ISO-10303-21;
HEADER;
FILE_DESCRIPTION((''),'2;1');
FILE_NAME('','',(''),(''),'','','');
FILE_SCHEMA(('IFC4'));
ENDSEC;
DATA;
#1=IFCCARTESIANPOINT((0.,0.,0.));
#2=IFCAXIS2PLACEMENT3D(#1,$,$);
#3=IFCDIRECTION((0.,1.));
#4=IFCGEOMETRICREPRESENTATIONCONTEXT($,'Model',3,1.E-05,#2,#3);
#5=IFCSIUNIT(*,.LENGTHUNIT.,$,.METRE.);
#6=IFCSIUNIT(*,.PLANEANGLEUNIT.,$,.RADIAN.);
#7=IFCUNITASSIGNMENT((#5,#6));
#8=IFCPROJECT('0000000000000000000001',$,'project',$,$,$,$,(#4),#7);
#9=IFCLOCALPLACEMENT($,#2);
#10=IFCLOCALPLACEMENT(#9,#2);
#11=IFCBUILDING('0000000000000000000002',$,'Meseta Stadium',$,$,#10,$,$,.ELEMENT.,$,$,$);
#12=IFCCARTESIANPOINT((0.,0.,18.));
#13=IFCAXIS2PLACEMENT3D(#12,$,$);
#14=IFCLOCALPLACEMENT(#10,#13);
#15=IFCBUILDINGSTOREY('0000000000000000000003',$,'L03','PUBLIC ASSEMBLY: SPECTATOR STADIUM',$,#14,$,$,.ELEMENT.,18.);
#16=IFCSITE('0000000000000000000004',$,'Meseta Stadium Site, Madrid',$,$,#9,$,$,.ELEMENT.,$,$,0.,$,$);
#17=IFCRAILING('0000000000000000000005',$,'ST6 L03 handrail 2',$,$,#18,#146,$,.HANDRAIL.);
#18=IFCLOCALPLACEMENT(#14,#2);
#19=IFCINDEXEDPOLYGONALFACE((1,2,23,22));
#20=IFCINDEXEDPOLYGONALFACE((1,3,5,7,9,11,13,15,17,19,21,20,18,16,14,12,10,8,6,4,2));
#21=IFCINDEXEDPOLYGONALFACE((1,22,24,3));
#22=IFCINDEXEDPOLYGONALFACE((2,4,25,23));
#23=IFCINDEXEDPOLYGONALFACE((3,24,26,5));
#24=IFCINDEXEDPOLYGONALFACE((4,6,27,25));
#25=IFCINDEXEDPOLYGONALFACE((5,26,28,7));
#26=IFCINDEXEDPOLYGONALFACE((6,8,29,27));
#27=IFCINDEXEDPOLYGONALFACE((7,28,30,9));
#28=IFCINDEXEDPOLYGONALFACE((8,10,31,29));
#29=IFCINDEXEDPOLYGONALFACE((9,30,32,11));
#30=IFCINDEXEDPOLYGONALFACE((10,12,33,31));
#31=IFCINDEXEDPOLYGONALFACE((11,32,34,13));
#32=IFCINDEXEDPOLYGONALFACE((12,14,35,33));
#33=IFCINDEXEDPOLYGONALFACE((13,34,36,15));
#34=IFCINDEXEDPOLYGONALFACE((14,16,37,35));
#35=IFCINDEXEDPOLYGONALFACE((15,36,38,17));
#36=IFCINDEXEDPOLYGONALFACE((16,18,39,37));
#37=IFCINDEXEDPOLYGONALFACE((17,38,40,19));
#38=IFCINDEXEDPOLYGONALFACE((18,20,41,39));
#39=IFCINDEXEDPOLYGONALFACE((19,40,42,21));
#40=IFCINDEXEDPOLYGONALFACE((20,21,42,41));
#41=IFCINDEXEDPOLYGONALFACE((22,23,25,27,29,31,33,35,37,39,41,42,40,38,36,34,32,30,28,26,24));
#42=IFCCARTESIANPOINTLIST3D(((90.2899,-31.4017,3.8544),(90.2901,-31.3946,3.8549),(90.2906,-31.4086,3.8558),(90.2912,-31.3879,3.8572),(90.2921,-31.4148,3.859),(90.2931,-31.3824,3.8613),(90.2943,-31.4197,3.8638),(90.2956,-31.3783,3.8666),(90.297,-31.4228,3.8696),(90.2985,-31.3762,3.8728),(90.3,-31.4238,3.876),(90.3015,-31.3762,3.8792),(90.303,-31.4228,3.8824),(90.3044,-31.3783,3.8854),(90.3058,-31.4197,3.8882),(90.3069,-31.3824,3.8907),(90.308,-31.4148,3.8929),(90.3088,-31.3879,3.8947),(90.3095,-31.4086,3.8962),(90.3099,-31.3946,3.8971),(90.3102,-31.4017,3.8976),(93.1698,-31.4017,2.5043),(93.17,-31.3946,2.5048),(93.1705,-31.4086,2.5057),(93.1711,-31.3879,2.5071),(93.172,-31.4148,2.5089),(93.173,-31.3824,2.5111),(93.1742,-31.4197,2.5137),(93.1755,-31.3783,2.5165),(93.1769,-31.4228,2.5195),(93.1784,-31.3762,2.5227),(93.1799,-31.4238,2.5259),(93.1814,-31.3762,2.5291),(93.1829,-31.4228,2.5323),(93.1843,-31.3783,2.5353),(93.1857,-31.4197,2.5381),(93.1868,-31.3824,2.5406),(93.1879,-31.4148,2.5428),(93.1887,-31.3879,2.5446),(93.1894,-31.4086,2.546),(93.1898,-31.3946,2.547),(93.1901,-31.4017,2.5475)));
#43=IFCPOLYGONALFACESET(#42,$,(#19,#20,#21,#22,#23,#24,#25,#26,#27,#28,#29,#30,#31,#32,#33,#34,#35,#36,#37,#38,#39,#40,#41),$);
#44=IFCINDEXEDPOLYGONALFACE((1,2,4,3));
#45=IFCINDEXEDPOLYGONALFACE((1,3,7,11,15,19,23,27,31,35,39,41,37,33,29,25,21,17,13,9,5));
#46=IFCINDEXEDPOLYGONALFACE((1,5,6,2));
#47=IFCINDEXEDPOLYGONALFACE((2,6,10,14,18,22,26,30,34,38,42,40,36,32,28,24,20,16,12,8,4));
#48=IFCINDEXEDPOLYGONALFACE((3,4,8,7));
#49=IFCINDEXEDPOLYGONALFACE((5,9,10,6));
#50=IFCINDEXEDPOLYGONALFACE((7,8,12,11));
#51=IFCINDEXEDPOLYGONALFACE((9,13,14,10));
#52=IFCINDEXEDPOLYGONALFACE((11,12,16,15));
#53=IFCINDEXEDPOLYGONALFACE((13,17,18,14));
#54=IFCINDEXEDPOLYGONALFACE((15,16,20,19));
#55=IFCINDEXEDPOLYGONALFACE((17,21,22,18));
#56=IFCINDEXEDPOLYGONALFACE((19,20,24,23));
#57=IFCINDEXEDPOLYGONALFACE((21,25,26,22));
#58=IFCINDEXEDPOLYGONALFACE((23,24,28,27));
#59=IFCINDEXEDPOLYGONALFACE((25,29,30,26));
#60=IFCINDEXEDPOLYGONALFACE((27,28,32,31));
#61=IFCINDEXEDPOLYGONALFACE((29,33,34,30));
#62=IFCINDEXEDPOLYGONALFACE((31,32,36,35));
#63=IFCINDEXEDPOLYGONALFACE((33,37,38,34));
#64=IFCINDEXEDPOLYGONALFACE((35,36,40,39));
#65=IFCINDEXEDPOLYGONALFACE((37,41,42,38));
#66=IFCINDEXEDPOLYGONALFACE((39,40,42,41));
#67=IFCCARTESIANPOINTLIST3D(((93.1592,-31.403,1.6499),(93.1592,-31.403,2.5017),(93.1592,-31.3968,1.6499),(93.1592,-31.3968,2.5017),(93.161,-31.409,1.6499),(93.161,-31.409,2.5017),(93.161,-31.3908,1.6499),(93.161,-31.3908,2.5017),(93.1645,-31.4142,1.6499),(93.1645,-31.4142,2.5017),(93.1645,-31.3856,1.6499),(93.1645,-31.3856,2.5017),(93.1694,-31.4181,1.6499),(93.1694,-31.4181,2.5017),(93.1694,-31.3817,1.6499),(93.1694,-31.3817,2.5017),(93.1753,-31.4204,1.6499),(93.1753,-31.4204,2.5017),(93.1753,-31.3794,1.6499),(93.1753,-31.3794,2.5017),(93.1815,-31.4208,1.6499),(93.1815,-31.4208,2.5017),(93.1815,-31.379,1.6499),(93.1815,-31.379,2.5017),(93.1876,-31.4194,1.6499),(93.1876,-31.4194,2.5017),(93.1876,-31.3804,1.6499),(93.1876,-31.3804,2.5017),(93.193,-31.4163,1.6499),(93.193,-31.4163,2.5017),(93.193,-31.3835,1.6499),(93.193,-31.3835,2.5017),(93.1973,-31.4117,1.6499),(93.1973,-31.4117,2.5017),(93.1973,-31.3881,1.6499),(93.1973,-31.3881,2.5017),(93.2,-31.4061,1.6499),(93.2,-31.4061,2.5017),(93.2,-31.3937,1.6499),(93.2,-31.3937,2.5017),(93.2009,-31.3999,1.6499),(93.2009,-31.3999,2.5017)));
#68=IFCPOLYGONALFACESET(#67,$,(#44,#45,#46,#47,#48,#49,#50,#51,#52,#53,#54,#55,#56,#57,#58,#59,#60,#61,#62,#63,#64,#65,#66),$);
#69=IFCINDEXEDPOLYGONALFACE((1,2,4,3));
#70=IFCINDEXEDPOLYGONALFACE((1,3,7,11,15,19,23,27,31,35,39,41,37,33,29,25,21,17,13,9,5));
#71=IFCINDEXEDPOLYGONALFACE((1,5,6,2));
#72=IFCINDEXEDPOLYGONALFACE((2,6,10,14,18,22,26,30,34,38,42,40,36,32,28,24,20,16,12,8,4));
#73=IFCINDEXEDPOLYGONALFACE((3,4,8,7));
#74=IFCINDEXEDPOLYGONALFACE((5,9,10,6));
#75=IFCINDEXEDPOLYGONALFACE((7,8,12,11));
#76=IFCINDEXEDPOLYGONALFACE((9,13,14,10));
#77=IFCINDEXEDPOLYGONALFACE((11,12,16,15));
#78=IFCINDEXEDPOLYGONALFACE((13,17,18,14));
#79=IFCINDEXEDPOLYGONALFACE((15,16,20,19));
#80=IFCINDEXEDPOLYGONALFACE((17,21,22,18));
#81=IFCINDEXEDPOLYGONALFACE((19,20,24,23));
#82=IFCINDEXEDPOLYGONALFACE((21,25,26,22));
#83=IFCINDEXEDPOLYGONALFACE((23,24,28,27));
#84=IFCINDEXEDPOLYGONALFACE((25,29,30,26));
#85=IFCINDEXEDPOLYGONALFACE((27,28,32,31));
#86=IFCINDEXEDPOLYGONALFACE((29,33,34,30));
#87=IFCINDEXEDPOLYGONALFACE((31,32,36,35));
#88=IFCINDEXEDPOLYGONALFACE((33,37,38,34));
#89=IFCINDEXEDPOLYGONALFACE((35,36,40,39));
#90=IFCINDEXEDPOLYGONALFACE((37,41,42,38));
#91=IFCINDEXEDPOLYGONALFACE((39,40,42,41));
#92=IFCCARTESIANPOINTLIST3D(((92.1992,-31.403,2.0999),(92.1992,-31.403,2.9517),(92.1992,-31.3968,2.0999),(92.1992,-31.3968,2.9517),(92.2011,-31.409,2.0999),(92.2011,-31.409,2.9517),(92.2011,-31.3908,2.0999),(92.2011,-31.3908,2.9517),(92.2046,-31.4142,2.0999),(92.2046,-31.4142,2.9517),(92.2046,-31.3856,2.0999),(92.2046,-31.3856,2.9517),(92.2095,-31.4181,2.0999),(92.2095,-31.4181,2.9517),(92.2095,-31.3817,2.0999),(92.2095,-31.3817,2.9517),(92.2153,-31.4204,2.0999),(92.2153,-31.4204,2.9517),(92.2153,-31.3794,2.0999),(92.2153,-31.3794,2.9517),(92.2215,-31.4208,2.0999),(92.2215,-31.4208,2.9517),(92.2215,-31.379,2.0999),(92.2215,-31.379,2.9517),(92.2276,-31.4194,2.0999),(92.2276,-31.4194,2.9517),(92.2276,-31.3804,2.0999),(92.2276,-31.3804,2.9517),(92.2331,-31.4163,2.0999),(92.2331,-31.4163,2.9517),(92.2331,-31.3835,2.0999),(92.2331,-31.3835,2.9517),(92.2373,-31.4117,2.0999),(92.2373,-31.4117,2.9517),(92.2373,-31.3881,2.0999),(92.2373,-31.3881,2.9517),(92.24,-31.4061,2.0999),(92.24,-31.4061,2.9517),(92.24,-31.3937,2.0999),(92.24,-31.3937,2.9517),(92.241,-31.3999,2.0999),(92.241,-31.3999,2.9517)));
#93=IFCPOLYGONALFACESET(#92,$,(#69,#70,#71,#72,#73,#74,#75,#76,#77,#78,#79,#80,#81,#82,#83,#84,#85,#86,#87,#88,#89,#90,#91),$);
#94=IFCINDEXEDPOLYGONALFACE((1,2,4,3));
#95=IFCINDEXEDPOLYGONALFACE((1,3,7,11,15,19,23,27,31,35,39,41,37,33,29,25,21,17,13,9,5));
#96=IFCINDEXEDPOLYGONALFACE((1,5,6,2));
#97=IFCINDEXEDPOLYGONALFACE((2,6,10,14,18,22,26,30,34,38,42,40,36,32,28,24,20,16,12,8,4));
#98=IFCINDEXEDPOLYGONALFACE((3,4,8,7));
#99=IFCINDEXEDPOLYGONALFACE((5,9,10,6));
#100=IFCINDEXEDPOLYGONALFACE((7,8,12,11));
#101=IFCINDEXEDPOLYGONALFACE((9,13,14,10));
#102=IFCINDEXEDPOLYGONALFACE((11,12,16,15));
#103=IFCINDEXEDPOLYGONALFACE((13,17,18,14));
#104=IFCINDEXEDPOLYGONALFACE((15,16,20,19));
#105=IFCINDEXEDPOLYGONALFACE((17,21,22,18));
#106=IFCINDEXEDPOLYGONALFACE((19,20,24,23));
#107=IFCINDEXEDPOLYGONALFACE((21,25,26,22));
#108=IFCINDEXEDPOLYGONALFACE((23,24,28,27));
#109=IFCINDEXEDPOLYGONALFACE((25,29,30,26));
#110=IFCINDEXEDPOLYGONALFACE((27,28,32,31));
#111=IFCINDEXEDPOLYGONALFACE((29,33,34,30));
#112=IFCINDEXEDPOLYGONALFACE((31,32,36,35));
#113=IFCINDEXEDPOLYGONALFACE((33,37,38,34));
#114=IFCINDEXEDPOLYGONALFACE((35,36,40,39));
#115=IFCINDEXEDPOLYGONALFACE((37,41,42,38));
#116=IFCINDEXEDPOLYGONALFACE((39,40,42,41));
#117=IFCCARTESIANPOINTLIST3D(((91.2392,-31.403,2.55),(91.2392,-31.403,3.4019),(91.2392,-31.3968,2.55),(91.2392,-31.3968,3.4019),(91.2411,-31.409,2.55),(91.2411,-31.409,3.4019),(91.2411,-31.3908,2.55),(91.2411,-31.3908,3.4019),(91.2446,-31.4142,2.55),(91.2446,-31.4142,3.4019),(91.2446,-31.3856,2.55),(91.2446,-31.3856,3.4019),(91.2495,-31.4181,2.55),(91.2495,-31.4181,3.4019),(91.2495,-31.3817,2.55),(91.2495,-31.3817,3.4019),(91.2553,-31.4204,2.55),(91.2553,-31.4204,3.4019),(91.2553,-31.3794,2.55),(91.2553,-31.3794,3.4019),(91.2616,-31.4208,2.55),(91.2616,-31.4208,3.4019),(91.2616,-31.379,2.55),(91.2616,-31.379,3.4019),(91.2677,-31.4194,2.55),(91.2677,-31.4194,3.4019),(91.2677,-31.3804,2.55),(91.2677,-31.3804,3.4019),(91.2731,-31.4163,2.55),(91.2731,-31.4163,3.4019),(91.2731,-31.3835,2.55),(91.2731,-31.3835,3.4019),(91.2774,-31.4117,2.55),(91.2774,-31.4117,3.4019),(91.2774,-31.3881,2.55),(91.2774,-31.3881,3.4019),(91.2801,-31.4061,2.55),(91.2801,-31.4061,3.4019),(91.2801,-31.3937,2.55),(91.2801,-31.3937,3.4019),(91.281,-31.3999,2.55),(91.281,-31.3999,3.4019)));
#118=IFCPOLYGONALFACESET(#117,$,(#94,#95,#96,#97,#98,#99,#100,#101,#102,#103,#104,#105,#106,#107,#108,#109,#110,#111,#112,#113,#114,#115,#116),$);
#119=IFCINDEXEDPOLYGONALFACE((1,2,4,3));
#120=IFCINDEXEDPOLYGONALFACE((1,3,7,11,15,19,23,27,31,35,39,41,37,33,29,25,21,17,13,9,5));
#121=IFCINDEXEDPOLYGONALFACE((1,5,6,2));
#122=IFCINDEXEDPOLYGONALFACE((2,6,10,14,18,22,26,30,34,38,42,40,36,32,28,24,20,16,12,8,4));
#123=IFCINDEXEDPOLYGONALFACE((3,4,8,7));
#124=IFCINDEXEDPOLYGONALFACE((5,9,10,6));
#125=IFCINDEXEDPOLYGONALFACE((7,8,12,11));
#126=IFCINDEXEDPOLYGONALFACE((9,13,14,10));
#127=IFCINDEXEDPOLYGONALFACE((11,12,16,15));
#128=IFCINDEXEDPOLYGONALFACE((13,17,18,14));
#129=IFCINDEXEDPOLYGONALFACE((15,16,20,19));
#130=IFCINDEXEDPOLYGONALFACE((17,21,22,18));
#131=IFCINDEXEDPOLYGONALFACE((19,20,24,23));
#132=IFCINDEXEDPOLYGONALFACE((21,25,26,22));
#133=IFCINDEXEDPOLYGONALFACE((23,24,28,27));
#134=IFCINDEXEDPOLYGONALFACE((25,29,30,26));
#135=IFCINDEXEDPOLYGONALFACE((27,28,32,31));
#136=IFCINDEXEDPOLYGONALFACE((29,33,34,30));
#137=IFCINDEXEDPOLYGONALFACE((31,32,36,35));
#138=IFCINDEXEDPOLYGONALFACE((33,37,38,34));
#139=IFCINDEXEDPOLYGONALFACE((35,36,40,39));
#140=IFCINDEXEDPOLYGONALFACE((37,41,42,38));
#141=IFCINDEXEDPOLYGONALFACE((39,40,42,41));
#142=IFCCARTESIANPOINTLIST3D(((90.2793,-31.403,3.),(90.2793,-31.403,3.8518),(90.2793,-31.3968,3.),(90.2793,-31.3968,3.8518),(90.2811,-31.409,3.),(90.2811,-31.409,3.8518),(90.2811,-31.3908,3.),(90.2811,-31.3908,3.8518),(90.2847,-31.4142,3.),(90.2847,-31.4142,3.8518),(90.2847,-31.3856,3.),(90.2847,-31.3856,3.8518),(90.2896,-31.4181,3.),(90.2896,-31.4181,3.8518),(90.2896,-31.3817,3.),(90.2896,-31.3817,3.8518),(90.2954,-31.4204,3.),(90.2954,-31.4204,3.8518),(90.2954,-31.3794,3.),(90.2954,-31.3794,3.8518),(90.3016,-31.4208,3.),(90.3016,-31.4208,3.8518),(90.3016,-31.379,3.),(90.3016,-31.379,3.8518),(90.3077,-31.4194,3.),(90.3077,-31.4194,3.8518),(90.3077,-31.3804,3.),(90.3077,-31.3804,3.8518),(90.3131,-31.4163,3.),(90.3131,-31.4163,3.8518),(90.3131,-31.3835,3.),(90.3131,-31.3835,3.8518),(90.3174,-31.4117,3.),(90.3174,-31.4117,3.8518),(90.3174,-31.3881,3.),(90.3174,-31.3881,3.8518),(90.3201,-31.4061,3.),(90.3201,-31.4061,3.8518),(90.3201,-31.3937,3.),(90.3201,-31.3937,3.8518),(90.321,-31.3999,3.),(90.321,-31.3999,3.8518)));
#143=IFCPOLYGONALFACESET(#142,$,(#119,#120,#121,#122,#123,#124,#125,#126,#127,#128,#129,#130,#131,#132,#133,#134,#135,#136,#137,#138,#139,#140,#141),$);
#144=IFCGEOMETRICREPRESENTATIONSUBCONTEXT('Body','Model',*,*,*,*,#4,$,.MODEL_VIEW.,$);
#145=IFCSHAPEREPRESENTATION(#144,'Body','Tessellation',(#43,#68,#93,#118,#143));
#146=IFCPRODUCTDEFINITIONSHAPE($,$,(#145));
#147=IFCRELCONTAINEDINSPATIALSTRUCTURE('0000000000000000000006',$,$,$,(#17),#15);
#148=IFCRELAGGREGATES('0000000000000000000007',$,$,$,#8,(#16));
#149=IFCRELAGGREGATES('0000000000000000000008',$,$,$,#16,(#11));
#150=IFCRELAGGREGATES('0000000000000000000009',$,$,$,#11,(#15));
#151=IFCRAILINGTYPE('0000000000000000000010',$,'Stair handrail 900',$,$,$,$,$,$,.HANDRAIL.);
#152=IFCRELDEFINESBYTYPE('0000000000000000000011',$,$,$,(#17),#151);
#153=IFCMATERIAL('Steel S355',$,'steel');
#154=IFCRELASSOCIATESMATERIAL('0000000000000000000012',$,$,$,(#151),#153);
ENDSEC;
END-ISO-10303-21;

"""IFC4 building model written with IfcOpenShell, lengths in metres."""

from ifc_helpers import new_model, si_unit, direction, frame, origin, origin_2d, place, context, subcontext, project, spatial, circle, extrude, material, type_object, element, save


model = new_model("IFC4")

# Units and contexts
model_context = context("Model", 3, precision=1e-05, world=origin(), true_north=direction((0.0, 1.0)))
body_context = subcontext(model_context, "Body", "Model", "MODEL_VIEW")
ifc_project = project(units=[si_unit("LENGTHUNIT", "METRE"), si_unit("PLANEANGLEUNIT", "RADIAN")], contexts=[model_context])

# Site, building, storey
site_placement = place(None, origin())
site = spatial("IfcSite", under=ifc_project, at=site_placement, Name="Meseta Stadium Site, Madrid", CompositionType="ELEMENT", RefElevation=0.0)
building_placement = place(site_placement, origin())
building = spatial("IfcBuilding", under=site, at=building_placement, Name="Meseta Stadium", CompositionType="ELEMENT")
storey_placement = place(building_placement, frame((0.0, 0.0, 18.0)))
storey = spatial("IfcBuildingStorey", under=building, at=storey_placement, Name="L03", Description="PUBLIC ASSEMBLY: SPECTATOR STADIUM", CompositionType="ELEMENT", Elevation=18.0)

# Railing
ifc_material_1 = material(Name="Steel S355", Category="steel")
railing_type_1 = type_object("IfcRailingType", Name="Stair handrail 900", PredefinedType="HANDRAIL", material=ifc_material_1)
for number, where, name in (
    (1, (93.1799, -31.3999, 1.6499), "ST6 L03 handrail 2"),
):
    element("IfcRailing", number, at=place(storey_placement, frame(where)), inside=storey, type_object=railing_type_1, Name=name, PredefinedType="HANDRAIL", context=body_context, shape_type="SweptSolid", body=[
        extrude(circle(Radius=0.0239, at=origin_2d()), frame((0.0, 0.0, 0.876), z_axis=(-0.90544, 0.0, 0.424473), x_axis=(0.0, -1.0, 0.0)), (0.0, 0.0, 1.0), 3.1807),
        extrude(circle(Radius=0.021, at=origin_2d()), origin(), (0.0, 0.0, 1.0), 0.8518),
        extrude(circle(Radius=0.021, at=origin_2d()), frame((-0.96, 0.0, 0.45)), (0.0, 0.0, 1.0), 0.8518),
        extrude(circle(Radius=0.021, at=origin_2d()), frame((-1.9199, 0.0, 0.9001)), (0.0, 0.0, 1.0), 0.8518),
        extrude(circle(Radius=0.021, at=origin_2d()), frame((-2.8799, 0.0, 1.3501)), (0.0, 0.0, 1.0), 0.8518),
    ])

save(model, "model.ifc")
